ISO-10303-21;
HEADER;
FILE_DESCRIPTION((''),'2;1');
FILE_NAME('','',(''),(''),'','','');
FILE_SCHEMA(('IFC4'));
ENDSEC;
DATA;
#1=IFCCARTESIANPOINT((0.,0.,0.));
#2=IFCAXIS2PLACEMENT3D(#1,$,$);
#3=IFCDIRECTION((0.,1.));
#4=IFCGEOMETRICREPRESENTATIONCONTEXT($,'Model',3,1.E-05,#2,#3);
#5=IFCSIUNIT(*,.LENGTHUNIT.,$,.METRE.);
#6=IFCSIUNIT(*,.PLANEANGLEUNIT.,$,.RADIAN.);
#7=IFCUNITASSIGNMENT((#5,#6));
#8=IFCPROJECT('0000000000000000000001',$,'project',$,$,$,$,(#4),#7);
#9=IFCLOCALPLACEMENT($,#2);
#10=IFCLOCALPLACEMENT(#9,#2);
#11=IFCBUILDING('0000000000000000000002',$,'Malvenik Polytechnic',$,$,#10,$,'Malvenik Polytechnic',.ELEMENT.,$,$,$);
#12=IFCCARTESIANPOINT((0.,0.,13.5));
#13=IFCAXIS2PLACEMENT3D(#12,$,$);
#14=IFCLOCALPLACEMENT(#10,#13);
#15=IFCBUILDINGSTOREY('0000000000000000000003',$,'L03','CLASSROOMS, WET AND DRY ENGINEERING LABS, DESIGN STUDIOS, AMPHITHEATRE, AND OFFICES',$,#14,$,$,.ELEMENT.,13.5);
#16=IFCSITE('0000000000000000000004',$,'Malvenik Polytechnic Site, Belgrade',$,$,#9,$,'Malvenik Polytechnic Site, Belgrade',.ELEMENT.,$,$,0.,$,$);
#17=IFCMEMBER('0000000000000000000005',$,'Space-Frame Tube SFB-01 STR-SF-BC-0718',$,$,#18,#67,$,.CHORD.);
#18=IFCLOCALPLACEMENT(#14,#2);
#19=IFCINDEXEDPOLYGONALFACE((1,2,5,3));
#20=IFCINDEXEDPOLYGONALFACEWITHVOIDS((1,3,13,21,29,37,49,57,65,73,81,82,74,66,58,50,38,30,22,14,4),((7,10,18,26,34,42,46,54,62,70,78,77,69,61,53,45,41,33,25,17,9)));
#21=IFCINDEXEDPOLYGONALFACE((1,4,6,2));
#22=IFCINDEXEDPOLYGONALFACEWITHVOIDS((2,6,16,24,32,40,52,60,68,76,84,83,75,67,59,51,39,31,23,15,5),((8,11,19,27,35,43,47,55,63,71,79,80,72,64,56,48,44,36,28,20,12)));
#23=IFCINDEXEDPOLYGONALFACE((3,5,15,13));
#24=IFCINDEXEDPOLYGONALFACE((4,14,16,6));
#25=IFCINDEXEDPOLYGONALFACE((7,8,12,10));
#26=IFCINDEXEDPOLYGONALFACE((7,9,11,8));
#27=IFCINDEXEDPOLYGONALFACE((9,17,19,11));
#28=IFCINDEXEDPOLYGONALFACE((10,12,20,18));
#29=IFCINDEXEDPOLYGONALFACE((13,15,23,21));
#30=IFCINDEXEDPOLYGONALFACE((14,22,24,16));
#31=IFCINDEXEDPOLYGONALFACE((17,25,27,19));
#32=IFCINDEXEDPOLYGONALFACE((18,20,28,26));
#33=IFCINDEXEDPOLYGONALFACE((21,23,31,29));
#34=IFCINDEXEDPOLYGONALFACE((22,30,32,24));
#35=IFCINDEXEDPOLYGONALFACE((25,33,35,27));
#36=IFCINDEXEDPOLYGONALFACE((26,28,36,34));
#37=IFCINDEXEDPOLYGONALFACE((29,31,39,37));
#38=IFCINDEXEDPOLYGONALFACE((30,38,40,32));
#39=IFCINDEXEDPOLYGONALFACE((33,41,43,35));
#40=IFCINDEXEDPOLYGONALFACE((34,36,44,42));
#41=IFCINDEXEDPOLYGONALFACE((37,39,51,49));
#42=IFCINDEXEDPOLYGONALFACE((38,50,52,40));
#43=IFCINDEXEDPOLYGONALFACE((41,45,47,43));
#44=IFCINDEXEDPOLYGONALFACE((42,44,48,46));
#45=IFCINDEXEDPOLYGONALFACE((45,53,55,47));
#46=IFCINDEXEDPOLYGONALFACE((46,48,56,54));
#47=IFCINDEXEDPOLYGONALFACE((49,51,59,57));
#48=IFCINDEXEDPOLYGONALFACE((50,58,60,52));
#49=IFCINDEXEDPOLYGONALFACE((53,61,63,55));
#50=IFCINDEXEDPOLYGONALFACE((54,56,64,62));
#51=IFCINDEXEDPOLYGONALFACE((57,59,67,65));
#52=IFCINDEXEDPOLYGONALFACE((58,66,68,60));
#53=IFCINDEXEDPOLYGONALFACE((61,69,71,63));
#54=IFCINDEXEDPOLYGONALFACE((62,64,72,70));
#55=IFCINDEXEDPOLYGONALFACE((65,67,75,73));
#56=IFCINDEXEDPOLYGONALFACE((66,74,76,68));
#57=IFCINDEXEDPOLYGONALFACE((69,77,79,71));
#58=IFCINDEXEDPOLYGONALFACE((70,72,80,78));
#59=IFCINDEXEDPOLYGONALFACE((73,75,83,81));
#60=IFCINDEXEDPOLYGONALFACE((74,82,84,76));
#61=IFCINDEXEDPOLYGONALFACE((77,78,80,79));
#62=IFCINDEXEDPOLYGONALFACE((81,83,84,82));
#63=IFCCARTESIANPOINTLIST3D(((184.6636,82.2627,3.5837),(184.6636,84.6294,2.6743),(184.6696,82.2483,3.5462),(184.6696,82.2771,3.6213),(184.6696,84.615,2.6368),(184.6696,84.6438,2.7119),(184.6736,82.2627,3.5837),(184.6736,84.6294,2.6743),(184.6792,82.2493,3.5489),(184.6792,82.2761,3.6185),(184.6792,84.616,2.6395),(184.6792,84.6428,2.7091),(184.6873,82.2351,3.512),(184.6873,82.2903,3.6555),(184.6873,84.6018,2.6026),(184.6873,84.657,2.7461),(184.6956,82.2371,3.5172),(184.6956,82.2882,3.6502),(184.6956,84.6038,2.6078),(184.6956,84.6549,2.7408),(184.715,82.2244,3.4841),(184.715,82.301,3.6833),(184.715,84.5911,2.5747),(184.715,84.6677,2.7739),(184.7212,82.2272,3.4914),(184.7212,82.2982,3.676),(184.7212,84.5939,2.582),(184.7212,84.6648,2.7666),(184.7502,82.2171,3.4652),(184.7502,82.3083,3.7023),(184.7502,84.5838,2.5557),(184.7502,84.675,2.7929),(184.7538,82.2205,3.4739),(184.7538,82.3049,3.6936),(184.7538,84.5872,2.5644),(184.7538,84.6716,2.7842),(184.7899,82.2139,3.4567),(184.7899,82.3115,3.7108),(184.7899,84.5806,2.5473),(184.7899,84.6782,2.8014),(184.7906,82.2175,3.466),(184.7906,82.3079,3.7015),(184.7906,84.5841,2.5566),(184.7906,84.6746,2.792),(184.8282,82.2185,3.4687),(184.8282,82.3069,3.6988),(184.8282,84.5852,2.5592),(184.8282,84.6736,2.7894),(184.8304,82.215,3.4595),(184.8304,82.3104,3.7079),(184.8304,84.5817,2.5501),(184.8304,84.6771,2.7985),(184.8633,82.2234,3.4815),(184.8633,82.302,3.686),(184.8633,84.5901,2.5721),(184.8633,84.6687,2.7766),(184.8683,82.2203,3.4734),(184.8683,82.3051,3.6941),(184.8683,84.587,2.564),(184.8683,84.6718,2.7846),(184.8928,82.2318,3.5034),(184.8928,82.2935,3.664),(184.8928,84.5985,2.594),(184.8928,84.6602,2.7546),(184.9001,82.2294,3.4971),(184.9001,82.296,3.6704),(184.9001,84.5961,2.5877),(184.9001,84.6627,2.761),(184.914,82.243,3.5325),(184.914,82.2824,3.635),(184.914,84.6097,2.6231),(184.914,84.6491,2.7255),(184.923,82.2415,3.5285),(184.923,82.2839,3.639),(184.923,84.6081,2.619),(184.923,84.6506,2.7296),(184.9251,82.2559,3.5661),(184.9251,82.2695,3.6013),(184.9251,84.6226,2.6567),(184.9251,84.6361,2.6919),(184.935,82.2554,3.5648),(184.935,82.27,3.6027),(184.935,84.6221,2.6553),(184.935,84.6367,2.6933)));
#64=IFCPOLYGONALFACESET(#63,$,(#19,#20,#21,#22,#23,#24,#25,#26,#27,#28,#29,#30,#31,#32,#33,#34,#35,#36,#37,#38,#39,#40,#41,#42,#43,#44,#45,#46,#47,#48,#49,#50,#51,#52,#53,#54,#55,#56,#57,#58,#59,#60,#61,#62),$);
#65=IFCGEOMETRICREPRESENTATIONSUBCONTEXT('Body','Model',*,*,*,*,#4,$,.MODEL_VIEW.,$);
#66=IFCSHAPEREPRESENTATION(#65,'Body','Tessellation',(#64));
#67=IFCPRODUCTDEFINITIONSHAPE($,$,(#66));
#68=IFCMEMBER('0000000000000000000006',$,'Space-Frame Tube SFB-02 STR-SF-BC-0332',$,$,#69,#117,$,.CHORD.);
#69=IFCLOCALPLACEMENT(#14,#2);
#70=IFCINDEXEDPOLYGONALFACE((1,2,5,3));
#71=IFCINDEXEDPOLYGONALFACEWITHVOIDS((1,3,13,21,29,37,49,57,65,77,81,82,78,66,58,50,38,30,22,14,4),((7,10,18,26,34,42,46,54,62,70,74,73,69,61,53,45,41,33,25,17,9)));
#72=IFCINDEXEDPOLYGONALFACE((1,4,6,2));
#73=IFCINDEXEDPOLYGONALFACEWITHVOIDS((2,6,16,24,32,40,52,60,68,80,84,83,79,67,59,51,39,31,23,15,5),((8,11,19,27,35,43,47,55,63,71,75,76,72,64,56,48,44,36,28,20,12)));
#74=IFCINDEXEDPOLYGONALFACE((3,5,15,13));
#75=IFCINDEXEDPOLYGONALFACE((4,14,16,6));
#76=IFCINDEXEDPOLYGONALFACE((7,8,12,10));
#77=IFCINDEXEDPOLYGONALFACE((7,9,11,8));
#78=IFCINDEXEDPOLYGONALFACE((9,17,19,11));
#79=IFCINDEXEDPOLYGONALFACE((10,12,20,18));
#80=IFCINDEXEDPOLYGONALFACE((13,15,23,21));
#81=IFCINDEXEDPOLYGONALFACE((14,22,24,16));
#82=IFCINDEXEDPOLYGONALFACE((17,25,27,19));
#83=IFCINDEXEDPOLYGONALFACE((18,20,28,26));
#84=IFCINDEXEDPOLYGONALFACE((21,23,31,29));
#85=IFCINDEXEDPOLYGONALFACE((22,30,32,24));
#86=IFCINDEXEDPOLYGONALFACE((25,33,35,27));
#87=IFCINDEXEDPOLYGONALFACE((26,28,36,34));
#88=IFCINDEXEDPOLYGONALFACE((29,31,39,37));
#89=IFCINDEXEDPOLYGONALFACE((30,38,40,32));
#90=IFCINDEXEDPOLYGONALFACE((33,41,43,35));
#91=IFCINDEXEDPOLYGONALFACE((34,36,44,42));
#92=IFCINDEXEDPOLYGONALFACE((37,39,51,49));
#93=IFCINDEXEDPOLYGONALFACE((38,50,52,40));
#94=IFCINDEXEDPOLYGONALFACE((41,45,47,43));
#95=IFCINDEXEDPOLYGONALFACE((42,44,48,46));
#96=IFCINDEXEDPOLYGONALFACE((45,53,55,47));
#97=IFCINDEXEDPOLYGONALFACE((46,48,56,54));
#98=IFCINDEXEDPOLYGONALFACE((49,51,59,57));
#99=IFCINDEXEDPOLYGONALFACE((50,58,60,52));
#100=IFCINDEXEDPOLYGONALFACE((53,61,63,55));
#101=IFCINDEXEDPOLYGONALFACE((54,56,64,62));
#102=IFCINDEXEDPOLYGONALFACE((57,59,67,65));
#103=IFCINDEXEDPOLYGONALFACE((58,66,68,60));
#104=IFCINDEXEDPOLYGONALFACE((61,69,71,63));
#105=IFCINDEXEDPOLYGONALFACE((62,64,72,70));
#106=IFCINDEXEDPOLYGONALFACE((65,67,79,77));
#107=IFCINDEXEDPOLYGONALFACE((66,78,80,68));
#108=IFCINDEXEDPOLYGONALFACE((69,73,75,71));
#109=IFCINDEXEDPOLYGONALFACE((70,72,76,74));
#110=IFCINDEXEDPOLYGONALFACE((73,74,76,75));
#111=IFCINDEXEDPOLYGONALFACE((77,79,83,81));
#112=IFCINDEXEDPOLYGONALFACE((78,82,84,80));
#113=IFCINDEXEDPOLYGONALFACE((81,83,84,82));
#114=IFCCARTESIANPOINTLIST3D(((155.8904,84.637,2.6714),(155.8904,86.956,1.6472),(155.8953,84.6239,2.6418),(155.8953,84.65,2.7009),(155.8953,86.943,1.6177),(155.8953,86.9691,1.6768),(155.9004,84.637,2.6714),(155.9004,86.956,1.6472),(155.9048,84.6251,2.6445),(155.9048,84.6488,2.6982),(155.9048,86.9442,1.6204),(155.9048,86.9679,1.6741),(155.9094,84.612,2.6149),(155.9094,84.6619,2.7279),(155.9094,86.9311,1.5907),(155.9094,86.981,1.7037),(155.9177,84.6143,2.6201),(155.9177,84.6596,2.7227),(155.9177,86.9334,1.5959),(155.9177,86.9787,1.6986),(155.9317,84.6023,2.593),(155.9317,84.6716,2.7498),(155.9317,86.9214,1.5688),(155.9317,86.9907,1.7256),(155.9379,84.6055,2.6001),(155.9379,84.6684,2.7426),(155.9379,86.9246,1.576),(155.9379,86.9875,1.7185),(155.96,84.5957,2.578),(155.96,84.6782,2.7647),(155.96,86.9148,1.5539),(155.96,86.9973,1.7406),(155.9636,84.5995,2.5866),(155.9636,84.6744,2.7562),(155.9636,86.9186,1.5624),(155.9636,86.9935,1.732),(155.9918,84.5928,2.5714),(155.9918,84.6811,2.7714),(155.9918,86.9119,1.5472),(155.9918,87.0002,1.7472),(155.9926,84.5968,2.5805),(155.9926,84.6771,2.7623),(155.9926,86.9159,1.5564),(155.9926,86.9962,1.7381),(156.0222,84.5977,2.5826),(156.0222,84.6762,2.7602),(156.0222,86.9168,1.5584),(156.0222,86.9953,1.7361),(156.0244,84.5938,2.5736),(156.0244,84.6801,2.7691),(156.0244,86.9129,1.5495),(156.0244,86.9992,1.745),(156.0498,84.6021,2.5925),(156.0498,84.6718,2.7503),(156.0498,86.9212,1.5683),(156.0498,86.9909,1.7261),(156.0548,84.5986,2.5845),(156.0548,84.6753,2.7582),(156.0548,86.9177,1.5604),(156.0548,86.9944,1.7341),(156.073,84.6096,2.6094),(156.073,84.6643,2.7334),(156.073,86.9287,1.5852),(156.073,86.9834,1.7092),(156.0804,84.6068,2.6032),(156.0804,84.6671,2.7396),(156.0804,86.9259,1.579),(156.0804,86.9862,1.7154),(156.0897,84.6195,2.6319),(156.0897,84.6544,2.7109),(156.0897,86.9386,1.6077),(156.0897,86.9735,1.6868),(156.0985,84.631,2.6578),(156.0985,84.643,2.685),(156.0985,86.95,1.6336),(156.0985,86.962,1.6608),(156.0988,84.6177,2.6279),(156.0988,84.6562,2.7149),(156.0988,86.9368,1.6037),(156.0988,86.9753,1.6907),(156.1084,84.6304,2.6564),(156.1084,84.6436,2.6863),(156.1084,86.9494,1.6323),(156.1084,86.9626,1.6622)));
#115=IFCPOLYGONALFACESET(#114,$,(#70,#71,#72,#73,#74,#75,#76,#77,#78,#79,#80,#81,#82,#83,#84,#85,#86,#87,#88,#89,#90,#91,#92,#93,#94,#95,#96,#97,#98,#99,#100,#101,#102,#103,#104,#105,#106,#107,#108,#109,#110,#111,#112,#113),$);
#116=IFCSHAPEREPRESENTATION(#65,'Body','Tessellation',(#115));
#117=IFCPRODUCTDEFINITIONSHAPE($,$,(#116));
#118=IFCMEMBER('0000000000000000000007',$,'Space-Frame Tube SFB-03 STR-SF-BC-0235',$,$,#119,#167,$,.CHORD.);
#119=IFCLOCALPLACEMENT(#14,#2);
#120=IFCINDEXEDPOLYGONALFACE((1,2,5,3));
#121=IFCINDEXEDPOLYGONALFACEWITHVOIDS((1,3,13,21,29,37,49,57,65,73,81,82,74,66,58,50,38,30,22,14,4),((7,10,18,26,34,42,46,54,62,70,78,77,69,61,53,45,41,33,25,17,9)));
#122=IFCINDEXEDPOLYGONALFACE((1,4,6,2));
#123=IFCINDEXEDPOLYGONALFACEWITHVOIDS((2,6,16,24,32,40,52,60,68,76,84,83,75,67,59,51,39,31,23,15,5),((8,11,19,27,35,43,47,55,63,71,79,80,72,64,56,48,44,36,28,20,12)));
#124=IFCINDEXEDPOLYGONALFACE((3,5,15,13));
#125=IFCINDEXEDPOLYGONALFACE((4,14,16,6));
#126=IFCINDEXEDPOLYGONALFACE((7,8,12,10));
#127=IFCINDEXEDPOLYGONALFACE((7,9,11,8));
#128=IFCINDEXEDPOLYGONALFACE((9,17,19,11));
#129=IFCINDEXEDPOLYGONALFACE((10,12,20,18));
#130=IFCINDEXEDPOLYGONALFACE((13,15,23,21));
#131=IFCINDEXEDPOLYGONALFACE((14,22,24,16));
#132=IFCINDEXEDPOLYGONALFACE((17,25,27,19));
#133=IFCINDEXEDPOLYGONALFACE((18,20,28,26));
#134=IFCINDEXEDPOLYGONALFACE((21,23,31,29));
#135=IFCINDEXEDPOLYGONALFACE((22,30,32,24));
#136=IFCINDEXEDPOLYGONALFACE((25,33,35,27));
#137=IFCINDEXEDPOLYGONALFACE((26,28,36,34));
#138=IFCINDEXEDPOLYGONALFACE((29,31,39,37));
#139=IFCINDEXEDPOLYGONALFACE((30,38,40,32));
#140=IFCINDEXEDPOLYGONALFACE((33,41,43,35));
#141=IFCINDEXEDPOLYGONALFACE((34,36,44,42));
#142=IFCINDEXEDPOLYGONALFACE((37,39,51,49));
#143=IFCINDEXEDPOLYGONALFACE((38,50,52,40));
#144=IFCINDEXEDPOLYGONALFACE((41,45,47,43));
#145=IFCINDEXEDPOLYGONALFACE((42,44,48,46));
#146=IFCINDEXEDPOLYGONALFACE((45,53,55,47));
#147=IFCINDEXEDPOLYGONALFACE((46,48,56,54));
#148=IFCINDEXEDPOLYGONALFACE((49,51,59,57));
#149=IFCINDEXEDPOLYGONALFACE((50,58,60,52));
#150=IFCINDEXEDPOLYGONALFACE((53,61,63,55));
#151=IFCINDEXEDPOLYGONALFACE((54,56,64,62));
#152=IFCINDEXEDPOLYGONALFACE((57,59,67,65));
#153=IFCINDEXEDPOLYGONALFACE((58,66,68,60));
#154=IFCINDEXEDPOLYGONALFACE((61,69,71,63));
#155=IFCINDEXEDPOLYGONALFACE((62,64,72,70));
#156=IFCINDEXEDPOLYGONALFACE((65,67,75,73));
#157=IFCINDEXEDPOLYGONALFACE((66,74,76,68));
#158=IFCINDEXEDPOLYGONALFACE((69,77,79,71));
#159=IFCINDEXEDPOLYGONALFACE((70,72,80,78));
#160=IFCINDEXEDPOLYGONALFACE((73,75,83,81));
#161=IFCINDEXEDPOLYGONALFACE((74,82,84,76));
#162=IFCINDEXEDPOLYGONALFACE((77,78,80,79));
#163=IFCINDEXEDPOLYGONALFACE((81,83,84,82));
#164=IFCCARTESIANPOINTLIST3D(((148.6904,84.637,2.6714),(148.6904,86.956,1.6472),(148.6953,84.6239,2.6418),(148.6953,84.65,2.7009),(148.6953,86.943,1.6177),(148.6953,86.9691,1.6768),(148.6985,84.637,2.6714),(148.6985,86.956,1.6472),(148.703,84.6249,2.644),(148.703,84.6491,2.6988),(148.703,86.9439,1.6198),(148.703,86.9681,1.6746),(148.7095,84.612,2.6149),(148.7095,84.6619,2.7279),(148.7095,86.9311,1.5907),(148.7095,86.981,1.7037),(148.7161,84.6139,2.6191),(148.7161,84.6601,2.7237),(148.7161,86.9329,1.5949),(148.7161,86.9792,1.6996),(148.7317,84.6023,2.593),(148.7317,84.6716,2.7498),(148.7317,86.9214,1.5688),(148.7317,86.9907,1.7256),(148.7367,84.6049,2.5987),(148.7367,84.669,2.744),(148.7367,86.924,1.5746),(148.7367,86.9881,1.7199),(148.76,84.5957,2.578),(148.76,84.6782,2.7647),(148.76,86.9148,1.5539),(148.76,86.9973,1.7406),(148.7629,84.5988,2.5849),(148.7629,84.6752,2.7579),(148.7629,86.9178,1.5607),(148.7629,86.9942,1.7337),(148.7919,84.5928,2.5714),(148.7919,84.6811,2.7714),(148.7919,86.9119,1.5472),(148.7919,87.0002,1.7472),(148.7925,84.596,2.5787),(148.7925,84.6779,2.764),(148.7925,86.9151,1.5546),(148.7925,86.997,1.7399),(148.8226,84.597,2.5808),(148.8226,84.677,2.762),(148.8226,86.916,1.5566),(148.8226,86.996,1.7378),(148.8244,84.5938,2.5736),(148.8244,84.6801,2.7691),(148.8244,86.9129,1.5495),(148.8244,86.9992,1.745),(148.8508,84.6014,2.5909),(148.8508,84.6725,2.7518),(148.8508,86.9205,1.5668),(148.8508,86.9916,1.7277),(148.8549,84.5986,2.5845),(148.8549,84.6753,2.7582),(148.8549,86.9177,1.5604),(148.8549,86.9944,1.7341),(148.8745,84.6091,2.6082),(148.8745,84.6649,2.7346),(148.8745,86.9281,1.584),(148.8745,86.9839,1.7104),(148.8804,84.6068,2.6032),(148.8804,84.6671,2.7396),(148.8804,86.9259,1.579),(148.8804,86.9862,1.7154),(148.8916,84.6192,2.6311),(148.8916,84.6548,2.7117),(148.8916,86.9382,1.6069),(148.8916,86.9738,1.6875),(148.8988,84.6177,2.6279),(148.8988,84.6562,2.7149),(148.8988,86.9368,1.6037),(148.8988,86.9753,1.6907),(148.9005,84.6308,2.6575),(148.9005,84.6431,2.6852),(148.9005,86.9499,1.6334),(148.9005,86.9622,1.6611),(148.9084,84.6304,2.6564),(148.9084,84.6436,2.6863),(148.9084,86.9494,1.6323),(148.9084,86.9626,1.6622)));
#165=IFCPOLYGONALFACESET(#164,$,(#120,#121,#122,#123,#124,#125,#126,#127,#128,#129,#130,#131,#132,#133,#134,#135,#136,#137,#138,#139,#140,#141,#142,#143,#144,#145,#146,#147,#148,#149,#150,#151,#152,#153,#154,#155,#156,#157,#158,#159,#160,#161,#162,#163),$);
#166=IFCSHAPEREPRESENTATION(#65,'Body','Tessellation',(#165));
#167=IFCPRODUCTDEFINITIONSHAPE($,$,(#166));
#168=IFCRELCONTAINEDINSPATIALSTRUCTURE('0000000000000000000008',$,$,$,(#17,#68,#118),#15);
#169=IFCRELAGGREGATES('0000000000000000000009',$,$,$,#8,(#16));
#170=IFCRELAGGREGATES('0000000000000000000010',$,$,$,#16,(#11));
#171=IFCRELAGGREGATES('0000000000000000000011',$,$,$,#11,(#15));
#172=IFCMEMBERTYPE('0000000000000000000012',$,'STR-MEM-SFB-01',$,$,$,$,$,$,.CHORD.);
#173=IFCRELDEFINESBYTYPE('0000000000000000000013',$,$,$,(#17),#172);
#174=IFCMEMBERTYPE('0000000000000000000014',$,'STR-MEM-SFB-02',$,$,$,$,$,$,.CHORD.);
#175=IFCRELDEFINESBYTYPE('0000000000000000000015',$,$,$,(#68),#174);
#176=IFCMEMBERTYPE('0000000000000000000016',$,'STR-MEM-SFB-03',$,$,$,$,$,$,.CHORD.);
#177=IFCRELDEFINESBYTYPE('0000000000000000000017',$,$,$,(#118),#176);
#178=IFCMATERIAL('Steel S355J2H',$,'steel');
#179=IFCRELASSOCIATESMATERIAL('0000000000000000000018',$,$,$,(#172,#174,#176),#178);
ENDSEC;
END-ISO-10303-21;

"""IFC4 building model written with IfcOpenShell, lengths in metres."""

from ifc_helpers import new_model, si_unit, direction, frame, origin, origin_2d, place, context, subcontext, project, spatial, hollow_circle, extrude, material, material_profile, profile_set, type_object, element, save


model = new_model("IFC4")

# Units and contexts
model_context = context("Model", 3, precision=1e-05, world=origin(), true_north=direction((0.0, 1.0)))
body_context = subcontext(model_context, "Body", "Model", "MODEL_VIEW")
ifc_project = project(units=[si_unit("LENGTHUNIT", "METRE"), si_unit("PLANEANGLEUNIT", "RADIAN")], contexts=[model_context])

# Site, building, storey
site_placement = place(None, origin())
site = spatial("IfcSite", under=ifc_project, at=site_placement, Name="Malvenik Polytechnic Site, Belgrade", LongName="Malvenik Polytechnic Site, Belgrade", CompositionType="ELEMENT", RefElevation=0.0)
building_placement = place(site_placement, origin())
building = spatial("IfcBuilding", under=site, at=building_placement, Name="Malvenik Polytechnic", LongName="Malvenik Polytechnic", CompositionType="ELEMENT")
storey_placement = place(building_placement, frame((0.0, 0.0, 13.5)))
storey = spatial("IfcBuildingStorey", under=building, at=storey_placement, Name="L03", Description="CLASSROOMS, WET AND DRY ENGINEERING LABS, DESIGN STUDIOS, AMPHITHEATRE, AND OFFICES", CompositionType="ELEMENT", Elevation=13.5)

# Members
ifc_material = material(Name="Steel S355J2H", Category="steel")
ifc_material_profile_1 = material_profile(ifc_material, hollow_circle(Radius=0.1365, WallThickness=0.01, at=origin_2d()), Name="CHS 273.0x10.0")
ifc_profile_set_1 = profile_set([ifc_material_profile_1], Name="Steel S355J2H")
member_type_1 = type_object("IfcMemberType", Name="STR-MEM-SFB-01", PredefinedType="CHORD", material=ifc_profile_set_1)
member_1_placement = place(storey_placement, frame((184.8, 82.2627, 3.5837), z_axis=(0.0, 0.933457, -0.358689), x_axis=(-1.0, 0.0, 0.0)))
element("IfcMember", 1, at=member_1_placement, inside=storey, type_object=member_type_1, Name="Space-Frame Tube SFB-01 STR-SF-BC-0718", PredefinedType="CHORD", context=body_context, shape_type="SweptSolid", body=[
    extrude(hollow_circle(Radius=0.1365, WallThickness=0.01, at=origin_2d()), origin(), (0.0, 0.0, 1.0), 2.5354),
])
ifc_material_profile_2 = material_profile(ifc_material, hollow_circle(Radius=0.1096, WallThickness=0.01, at=origin_2d()), Name="CHS 219.1x10.0")
ifc_profile_set_2 = profile_set([ifc_material_profile_2], Name="Steel S355J2H")
member_type_2 = type_object("IfcMemberType", Name="STR-MEM-SFB-02", PredefinedType="CHORD", material=ifc_profile_set_2)
member_2_placement = place(storey_placement, frame((156.0, 84.637, 2.6714), z_axis=(0.0, 0.914766, -0.403984), x_axis=(-1.0, 0.0, 0.0)))
element("IfcMember", 2, at=member_2_placement, inside=storey, type_object=member_type_2, Name="Space-Frame Tube SFB-02 STR-SF-BC-0332", PredefinedType="CHORD", context=body_context, shape_type="SweptSolid", body=[
    extrude(hollow_circle(Radius=0.1096, WallThickness=0.01, at=origin_2d()), origin(), (0.0, 0.0, 1.0), 2.5352),
])
ifc_material_profile_3 = material_profile(ifc_material, hollow_circle(Radius=0.1096, WallThickness=0.0081, at=origin_2d()), Name="CHS 219.1x8.0")
ifc_profile_set_3 = profile_set([ifc_material_profile_3], Name="Steel S355J2H")
member_type_3 = type_object("IfcMemberType", Name="STR-MEM-SFB-03", PredefinedType="CHORD", material=ifc_profile_set_3)
member_3_placement = place(storey_placement, frame((148.8, 84.637, 2.6714), z_axis=(0.0, 0.914766, -0.403984), x_axis=(-1.0, 0.0, 0.0)))
element("IfcMember", 3, at=member_3_placement, inside=storey, type_object=member_type_3, Name="Space-Frame Tube SFB-03 STR-SF-BC-0235", PredefinedType="CHORD", context=body_context, shape_type="SweptSolid", body=[
    extrude(hollow_circle(Radius=0.1096, WallThickness=0.0081, at=origin_2d()), origin(), (0.0, 0.0, 1.0), 2.5352),
])

save(model, "model.ifc")
